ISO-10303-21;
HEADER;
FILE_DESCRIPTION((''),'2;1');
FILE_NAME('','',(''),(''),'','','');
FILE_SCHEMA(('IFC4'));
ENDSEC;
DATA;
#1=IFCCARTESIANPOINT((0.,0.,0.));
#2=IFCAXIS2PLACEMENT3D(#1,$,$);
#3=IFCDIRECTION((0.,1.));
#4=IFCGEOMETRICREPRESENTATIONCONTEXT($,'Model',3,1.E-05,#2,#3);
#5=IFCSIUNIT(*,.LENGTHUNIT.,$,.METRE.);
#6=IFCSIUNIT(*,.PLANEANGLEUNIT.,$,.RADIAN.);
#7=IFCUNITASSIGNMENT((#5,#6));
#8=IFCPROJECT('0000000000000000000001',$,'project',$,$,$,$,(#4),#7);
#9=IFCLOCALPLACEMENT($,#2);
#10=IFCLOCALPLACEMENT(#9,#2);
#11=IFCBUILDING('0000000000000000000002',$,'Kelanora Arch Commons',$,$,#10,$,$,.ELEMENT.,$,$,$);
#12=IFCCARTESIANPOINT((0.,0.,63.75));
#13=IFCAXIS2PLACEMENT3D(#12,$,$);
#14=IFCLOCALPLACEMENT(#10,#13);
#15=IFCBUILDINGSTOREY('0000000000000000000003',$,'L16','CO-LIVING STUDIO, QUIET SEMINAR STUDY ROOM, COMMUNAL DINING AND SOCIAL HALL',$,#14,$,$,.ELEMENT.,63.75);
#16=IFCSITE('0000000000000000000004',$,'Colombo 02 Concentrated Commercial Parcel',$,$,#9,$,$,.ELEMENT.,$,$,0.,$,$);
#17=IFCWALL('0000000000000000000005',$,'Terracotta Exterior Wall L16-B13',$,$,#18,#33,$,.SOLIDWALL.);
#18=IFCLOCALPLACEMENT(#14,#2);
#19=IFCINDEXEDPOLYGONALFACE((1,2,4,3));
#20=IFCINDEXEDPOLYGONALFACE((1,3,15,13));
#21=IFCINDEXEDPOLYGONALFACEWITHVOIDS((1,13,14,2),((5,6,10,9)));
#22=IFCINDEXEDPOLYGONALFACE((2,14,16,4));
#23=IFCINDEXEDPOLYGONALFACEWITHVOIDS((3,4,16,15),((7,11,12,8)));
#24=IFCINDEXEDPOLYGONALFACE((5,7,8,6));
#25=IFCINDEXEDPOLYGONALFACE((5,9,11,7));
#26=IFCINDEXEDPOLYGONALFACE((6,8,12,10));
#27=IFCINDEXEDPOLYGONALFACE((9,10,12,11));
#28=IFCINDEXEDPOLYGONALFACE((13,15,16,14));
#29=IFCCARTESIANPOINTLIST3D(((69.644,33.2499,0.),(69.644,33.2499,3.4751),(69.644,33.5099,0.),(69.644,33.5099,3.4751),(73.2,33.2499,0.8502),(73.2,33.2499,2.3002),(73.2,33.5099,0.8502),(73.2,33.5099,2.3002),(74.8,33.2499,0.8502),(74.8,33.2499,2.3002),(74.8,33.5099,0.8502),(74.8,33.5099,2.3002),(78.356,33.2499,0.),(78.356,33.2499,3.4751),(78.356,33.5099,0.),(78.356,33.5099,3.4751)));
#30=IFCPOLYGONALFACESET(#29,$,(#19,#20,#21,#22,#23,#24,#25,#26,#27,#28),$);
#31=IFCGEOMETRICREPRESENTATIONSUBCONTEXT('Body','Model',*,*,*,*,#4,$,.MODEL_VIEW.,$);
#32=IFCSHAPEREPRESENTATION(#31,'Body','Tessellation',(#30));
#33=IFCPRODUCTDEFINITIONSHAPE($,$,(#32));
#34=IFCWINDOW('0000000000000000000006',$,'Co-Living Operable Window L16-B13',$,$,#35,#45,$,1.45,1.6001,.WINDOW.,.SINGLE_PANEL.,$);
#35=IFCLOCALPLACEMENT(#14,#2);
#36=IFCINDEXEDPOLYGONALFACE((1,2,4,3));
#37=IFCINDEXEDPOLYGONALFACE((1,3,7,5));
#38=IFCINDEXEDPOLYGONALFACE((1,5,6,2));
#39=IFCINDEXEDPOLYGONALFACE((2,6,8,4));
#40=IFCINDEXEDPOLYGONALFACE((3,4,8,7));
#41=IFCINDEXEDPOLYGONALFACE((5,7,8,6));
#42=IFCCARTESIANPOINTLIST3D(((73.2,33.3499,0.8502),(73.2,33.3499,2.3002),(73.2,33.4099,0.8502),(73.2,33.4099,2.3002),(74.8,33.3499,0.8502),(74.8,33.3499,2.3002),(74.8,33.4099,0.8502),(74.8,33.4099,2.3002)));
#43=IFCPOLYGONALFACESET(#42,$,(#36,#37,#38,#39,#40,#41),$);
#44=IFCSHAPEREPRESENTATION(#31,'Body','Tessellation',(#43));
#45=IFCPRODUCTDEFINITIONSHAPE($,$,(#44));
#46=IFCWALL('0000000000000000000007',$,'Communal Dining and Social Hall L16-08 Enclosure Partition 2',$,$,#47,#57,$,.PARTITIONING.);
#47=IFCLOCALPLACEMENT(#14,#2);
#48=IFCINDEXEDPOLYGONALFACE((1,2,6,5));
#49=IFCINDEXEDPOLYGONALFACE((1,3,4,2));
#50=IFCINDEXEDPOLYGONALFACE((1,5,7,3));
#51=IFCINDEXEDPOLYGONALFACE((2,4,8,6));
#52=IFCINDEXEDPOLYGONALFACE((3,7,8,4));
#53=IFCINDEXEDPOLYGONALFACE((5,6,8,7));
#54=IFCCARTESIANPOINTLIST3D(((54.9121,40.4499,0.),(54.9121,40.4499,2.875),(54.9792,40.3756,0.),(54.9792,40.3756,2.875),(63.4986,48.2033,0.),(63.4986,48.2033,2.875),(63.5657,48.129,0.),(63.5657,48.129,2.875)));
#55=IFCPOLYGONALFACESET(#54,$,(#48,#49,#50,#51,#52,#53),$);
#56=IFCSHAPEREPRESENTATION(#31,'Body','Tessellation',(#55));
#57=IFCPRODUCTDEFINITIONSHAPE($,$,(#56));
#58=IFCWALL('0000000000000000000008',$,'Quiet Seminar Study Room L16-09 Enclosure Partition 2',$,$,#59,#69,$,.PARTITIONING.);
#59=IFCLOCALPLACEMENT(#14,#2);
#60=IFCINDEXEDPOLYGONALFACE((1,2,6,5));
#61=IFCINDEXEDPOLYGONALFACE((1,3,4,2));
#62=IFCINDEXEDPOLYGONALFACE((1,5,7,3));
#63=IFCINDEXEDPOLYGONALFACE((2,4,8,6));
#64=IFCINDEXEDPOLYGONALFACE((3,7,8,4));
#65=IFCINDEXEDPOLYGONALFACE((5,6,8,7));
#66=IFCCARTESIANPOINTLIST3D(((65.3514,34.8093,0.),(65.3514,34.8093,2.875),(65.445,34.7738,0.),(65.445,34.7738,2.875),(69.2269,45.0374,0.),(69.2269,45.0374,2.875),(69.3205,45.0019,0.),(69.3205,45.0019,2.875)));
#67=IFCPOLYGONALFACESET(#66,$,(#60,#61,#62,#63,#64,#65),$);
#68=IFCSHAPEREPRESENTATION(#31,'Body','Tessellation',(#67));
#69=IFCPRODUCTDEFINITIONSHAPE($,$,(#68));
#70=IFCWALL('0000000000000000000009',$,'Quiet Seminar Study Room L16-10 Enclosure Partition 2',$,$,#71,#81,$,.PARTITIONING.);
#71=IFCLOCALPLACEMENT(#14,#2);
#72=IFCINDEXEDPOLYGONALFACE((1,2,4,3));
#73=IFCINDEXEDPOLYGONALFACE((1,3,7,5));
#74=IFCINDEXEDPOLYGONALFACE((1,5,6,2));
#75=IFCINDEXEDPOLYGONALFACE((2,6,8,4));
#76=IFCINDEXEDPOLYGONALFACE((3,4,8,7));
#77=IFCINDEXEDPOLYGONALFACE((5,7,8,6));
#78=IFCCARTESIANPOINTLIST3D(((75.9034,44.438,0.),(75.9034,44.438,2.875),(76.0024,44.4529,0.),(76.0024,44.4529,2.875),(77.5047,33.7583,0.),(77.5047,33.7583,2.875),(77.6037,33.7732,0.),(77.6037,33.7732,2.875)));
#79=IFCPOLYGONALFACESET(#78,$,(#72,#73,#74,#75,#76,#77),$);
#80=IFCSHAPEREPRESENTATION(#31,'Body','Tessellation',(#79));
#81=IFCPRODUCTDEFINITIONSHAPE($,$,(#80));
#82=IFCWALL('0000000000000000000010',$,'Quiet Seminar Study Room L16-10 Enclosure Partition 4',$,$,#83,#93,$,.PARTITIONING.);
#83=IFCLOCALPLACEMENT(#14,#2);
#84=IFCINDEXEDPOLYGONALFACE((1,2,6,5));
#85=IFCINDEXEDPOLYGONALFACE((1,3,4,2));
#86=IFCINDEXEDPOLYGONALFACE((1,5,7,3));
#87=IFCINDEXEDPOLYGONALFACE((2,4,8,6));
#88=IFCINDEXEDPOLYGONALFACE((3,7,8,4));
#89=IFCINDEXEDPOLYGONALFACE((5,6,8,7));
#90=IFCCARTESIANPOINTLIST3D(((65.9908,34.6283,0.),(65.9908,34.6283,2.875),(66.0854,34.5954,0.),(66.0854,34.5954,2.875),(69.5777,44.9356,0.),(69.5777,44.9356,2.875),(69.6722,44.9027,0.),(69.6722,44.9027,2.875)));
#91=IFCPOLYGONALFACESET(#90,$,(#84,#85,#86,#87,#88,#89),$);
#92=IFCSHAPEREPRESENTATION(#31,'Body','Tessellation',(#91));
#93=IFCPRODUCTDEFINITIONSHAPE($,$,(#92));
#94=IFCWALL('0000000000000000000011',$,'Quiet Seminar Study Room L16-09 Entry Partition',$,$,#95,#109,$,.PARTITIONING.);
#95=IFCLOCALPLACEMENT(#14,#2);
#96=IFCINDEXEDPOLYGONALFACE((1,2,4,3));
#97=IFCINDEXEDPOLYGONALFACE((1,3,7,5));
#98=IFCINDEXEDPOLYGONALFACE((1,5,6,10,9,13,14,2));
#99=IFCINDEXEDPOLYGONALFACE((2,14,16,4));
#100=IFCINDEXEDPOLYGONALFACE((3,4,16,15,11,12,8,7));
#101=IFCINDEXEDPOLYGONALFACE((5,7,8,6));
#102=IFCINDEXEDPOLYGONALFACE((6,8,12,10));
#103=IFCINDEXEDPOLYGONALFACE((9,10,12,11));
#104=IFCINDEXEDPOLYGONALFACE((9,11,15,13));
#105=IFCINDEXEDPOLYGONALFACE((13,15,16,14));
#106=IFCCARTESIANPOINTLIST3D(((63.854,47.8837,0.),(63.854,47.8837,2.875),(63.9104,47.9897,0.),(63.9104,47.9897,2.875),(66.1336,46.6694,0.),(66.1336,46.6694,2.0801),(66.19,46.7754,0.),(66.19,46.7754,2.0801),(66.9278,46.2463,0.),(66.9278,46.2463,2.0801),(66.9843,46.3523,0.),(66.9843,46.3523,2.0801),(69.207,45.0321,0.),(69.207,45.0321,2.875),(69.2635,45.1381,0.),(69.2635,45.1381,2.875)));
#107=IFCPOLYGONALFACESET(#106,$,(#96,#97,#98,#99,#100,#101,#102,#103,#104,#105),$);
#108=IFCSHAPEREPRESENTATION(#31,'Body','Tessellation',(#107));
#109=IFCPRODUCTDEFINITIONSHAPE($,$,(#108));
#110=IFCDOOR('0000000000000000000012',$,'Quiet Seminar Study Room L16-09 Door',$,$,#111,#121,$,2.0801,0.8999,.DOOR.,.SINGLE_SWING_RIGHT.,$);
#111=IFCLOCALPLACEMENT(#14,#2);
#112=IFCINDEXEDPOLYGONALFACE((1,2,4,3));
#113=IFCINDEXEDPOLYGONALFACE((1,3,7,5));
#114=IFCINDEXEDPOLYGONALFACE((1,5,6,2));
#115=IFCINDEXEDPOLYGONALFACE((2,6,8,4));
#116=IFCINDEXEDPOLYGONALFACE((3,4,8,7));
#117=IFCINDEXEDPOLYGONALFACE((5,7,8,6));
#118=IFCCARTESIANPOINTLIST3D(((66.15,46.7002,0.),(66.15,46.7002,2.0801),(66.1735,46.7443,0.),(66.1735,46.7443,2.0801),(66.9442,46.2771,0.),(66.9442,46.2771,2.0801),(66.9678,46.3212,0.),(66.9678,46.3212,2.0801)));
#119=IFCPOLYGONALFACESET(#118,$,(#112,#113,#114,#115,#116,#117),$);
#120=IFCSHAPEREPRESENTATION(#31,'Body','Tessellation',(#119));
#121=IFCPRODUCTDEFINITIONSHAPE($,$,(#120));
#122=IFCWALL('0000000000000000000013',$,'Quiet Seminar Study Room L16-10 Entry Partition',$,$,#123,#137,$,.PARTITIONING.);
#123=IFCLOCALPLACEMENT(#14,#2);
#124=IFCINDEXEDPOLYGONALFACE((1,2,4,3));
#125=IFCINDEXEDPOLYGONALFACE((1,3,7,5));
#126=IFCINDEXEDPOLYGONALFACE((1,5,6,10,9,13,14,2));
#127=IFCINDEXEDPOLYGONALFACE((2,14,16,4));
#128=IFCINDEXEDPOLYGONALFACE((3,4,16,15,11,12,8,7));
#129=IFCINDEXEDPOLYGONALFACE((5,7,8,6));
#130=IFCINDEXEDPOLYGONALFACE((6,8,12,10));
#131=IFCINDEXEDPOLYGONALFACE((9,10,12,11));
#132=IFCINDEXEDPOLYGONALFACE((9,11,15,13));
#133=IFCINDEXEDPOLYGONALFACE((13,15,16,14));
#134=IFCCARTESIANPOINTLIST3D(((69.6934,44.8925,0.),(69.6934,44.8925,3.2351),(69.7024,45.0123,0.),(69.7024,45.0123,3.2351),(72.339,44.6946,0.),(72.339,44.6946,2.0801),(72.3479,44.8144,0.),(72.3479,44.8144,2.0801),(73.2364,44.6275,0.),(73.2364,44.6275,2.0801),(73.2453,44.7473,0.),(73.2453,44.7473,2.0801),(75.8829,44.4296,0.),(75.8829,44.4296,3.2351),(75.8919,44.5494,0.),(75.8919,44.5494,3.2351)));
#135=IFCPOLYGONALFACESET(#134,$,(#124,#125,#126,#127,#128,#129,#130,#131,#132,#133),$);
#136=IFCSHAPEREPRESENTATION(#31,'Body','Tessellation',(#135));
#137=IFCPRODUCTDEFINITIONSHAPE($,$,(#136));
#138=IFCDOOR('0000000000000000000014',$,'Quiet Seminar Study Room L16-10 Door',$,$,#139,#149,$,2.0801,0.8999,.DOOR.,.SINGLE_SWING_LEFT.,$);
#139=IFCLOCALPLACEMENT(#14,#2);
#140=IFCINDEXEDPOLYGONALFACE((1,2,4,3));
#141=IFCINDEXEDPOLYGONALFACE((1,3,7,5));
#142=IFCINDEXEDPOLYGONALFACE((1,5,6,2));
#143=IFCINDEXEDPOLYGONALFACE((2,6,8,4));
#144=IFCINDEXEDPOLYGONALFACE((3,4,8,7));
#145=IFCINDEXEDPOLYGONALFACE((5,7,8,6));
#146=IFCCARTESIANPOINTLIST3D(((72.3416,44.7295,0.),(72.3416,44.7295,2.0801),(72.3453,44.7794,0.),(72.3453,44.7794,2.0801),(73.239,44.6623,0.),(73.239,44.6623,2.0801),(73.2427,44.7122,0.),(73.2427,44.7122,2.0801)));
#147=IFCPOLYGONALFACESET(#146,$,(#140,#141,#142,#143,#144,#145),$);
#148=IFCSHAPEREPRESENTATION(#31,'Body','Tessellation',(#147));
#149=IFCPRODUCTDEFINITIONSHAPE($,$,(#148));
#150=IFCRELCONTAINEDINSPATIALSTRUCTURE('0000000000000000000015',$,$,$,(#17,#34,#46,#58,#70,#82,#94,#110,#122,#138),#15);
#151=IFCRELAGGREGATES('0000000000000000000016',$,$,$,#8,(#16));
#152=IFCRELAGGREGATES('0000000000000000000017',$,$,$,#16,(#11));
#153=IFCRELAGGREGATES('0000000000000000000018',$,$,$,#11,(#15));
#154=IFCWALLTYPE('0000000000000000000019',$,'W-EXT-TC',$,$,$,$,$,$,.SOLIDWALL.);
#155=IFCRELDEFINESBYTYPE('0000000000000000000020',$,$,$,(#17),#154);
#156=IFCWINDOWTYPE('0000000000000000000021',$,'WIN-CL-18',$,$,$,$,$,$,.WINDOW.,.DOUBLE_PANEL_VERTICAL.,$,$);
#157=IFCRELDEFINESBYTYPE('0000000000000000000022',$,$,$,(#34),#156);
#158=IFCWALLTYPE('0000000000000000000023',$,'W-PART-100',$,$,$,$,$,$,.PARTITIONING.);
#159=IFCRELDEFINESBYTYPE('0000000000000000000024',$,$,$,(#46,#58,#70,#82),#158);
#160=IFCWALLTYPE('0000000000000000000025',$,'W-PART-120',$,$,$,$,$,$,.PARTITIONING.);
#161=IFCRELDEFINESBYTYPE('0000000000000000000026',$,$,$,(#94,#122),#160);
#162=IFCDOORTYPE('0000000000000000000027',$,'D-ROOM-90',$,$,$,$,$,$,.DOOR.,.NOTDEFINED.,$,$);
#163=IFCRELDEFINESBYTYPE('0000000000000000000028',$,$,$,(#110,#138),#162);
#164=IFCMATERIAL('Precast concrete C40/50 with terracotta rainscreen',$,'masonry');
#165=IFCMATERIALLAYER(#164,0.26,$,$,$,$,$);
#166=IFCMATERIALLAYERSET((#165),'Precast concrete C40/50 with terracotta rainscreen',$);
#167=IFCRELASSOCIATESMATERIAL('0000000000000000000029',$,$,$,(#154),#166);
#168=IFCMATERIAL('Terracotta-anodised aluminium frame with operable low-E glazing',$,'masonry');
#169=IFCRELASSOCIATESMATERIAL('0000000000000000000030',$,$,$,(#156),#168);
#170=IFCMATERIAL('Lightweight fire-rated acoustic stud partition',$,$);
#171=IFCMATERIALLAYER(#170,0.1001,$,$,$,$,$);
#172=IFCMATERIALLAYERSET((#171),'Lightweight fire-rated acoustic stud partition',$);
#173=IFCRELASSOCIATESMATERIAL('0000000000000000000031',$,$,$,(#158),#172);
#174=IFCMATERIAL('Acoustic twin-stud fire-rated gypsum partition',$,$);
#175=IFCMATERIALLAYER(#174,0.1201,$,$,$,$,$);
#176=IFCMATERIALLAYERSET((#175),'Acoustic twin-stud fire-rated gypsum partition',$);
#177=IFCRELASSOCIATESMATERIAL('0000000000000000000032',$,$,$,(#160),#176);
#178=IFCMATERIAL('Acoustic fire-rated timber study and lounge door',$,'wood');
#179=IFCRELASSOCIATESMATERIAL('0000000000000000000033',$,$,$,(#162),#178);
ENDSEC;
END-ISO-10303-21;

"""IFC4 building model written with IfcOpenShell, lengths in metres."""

from ifc_helpers import new_model, si_unit, direction, frame, frame_2d, origin, place, context, subcontext, project, spatial, rectangle, extrude, material, layer, layer_set, type_object, element, fill, save


model = new_model("IFC4")

# Units and contexts
model_context = context("Model", 3, precision=1e-05, world=origin(), true_north=direction((0.0, 1.0)))
body_context = subcontext(model_context, "Body", "Model", "MODEL_VIEW")
ifc_project = project(units=[si_unit("LENGTHUNIT", "METRE"), si_unit("PLANEANGLEUNIT", "RADIAN")], contexts=[model_context])

# Site, building, storey
site_placement = place(None, origin())
site = spatial("IfcSite", under=ifc_project, at=site_placement, Name="Colombo 02 Concentrated Commercial Parcel", CompositionType="ELEMENT", RefElevation=0.0)
building_placement = place(site_placement, origin())
building = spatial("IfcBuilding", under=site, at=building_placement, Name="Kelanora Arch Commons", CompositionType="ELEMENT")
storey_placement = place(building_placement, frame((0.0, 0.0, 63.75)))
storey = spatial("IfcBuildingStorey", under=building, at=storey_placement, Name="L16", Description="CO-LIVING STUDIO, QUIET SEMINAR STUDY ROOM, COMMUNAL DINING AND SOCIAL HALL", CompositionType="ELEMENT", Elevation=63.75)

# Wall, opening, window
ifc_material_1 = material(Name="Precast concrete C40/50 with terracotta rainscreen", Category="masonry")
ifc_layer_1 = layer(ifc_material_1, 0.26)
ifc_layer_set_1 = layer_set([ifc_layer_1], Name="Precast concrete C40/50 with terracotta rainscreen")
wall_type_1 = type_object("IfcWallType", Name="W-EXT-TC", PredefinedType="SOLIDWALL", material=ifc_layer_set_1)
ifc_material_2 = material(Name="Terracotta-anodised aluminium frame with operable low-E glazing", Category="masonry")
window_type = type_object("IfcWindowType", Name="WIN-CL-18", PartitioningType="DOUBLE_PANEL_VERTICAL", PredefinedType="WINDOW", material=ifc_material_2)
wall_1_placement = place(storey_placement, frame((69.644, 33.3799, 0.0), z_axis=(0.0, 0.0, 1.0), x_axis=(1.0, 0.0, 0.0)))
wall_1 = element("IfcWall", 1, at=wall_1_placement, inside=storey, type_object=wall_type_1, Name="Terracotta Exterior Wall L16-B13", PredefinedType="SOLIDWALL", context=body_context, shape_type="SweptSolid", body=[
    extrude(rectangle(XDim=8.7119, YDim=0.26, at=frame_2d((4.356, 0.0))), origin(), (0.0, 0.0, 1.0), 3.4751),
])
opening_1_placement = place(wall_1_placement, frame((3.5559, 0.0, 0.8501)))
opening_1 = element("IfcOpeningElement", 2, at=opening_1_placement, cuts=wall_1, PredefinedType="OPENING", context=body_context, shape_type="SweptSolid", body=[
    extrude(rectangle(XDim=1.6001, YDim=1.45, at=frame_2d((0.8, 0.7251))), frame((0.0, 0.1401, 0.0), z_axis=(0.0, -1.0, 0.0), x_axis=(1.0, 0.0, 0.0)), (0.0, 0.0, 1.0), 0.28),
])
window_1_placement = place(opening_1_placement, origin())
window_1 = element("IfcWindow", 3, at=window_1_placement, inside=storey, type_object=window_type, Name="Co-Living Operable Window L16-B13", OverallHeight=1.45, OverallWidth=1.6001, PartitioningType="SINGLE_PANEL", PredefinedType="WINDOW", context=body_context, shape_type="SweptSolid", body=[
    extrude(rectangle(XDim=1.6001, YDim=1.45, at=frame_2d((0.8, 0.7251))), frame((0.0, 0.03, 0.0), z_axis=(0.0, -1.0, 0.0), x_axis=(1.0, 0.0, 0.0)), (0.0, 0.0, 1.0), 0.0601),
])
fill(opening_1, window_1)

# Walls
ifc_material_3 = material(Name="Lightweight fire-rated acoustic stud partition")
ifc_layer_2 = layer(ifc_material_3, 0.1001)
ifc_layer_set_2 = layer_set([ifc_layer_2], Name="Lightweight fire-rated acoustic stud partition")
wall_type_2 = type_object("IfcWallType", Name="W-PART-100", PredefinedType="PARTITIONING", material=ifc_layer_set_2)
wall_2_placement = place(storey_placement, frame((63.5322, 48.1663, 0.0), z_axis=(0.0, 0.0, 1.0), x_axis=(-0.742191, -0.670188, 0.0)))
element("IfcWall", 4, at=wall_2_placement, inside=storey, type_object=wall_type_2, Name="Communal Dining and Social Hall L16-08 Enclosure Partition 2", PredefinedType="PARTITIONING", context=body_context, shape_type="SweptSolid", body=[
    extrude(rectangle(XDim=11.5691, YDim=0.1001, at=frame_2d((5.7847, 0.0))), origin(), (0.0, 0.0, 1.0), 2.875),
])
wall_3_placement = place(storey_placement, frame((69.2737, 45.0195, 0.0), z_axis=(0.0, 0.0, 1.0), x_axis=(-0.354326, -0.935122, 0.0)))
element("IfcWall", 5, at=wall_3_placement, inside=storey, type_object=wall_type_2, Name="Quiet Seminar Study Room L16-09 Enclosure Partition 2", PredefinedType="PARTITIONING", context=body_context, shape_type="SweptSolid", body=[
    extrude(rectangle(XDim=10.9377, YDim=0.1001, at=frame_2d((5.4688, 0.0))), origin(), (0.0, 0.0, 1.0), 2.875),
])
wall_4_placement = place(storey_placement, frame((75.9529, 44.4453, 0.0), z_axis=(0.0, 0.0, 1.0), x_axis=(0.148283, -0.988945, 0.0)))
element("IfcWall", 6, at=wall_4_placement, inside=storey, type_object=wall_type_2, Name="Quiet Seminar Study Room L16-10 Enclosure Partition 2", PredefinedType="PARTITIONING", context=body_context, shape_type="SweptSolid", body=[
    extrude(rectangle(XDim=10.7991, YDim=0.1001, at=frame_2d((5.3994, 0.0))), origin(), (0.0, 0.0, 1.0), 2.875),
])
wall_5_placement = place(storey_placement, frame((66.0381, 34.6118, 0.0), z_axis=(0.0, 0.0, 1.0), x_axis=(0.328663, 0.944447, 0.0)))
element("IfcWall", 7, at=wall_5_placement, inside=storey, type_object=wall_type_2, Name="Quiet Seminar Study Room L16-10 Enclosure Partition 4", PredefinedType="PARTITIONING", context=body_context, shape_type="SweptSolid", body=[
    extrude(rectangle(XDim=10.9136, YDim=0.1001, at=frame_2d((5.4568, 0.0))), origin(), (0.0, 0.0, 1.0), 2.875),
])

# Walls, openings, doors
ifc_material_4 = material(Name="Acoustic twin-stud fire-rated gypsum partition")
ifc_layer_3 = layer(ifc_material_4, 0.1201)
ifc_layer_set_3 = layer_set([ifc_layer_3], Name="Acoustic twin-stud fire-rated gypsum partition")
wall_type_3 = type_object("IfcWallType", Name="W-PART-120", PredefinedType="PARTITIONING", material=ifc_layer_set_3)
wall_6_placement = place(storey_placement, frame((63.8821, 47.9368, 0.0), z_axis=(0.0, 0.0, 1.0), x_axis=(0.882585, -0.470154, 0.0)))
wall_6 = element("IfcWall", 8, at=wall_6_placement, inside=storey, type_object=wall_type_3, Name="Quiet Seminar Study Room L16-09 Entry Partition", PredefinedType="PARTITIONING", context=body_context, shape_type="SweptSolid", body=[
    extrude(rectangle(XDim=6.0652, YDim=0.1201, at=frame_2d((3.0327, 0.0))), origin(), (0.0, 0.0, 1.0), 2.875),
])
opening_2_placement = place(wall_6_placement, frame((2.583, 0.0, 0.0)))
opening_2 = element("IfcOpeningElement", 9, at=opening_2_placement, cuts=wall_6, PredefinedType="OPENING", context=body_context, shape_type="SweptSolid", body=[
    extrude(rectangle(XDim=0.8999, YDim=2.0801, at=frame_2d((0.45, 1.04))), frame((0.0, 0.0701, 0.0), z_axis=(0.0, -1.0, 0.0), x_axis=(1.0, 0.0, 0.0)), (0.0, 0.0, 1.0), 0.1401),
])
ifc_material_5 = material(Name="Acoustic fire-rated timber study and lounge door", Category="wood")
door_type = type_object("IfcDoorType", Name="D-ROOM-90", OperationType="NOTDEFINED", PredefinedType="DOOR", material=ifc_material_5)
door_1_placement = place(opening_2_placement, origin())
door_1 = element("IfcDoor", 10, at=door_1_placement, inside=storey, type_object=door_type, Name="Quiet Seminar Study Room L16-09 Door", OperationType="SINGLE_SWING_RIGHT", OverallHeight=2.0801, OverallWidth=0.8999, PredefinedType="DOOR", context=body_context, shape_type="SweptSolid", body=[
    extrude(rectangle(XDim=0.8999, YDim=2.0801, at=frame_2d((0.45, 1.04))), frame((0.0, 0.0249, 0.0), z_axis=(0.0, -1.0, 0.0), x_axis=(1.0, 0.0, 0.0)), (0.0, 0.0, 1.0), 0.05),
])
fill(opening_2, door_1)
wall_7_placement = place(storey_placement, frame((69.6978, 44.9524, 0.0), z_axis=(0.0, 0.0, 1.0), x_axis=(0.997215, -0.074579, 0.0)))
wall_7 = element("IfcWall", 11, at=wall_7_placement, inside=storey, type_object=wall_type_3, Name="Quiet Seminar Study Room L16-10 Entry Partition", PredefinedType="PARTITIONING", context=body_context, shape_type="SweptSolid", body=[
    extrude(rectangle(XDim=6.2068, YDim=0.1201, at=frame_2d((3.1035, 0.0))), origin(), (0.0, 0.0, 1.0), 3.2351),
])
opening_3_placement = place(wall_7_placement, frame((2.6531, 0.0, 0.0)))
opening_3 = element("IfcOpeningElement", 12, at=opening_3_placement, cuts=wall_7, PredefinedType="OPENING", context=body_context, shape_type="SweptSolid", body=[
    extrude(rectangle(XDim=0.8999, YDim=2.0801, at=frame_2d((0.45, 1.04))), frame((0.0, 0.0701, 0.0), z_axis=(0.0, -1.0, 0.0), x_axis=(1.0, 0.0, 0.0)), (0.0, 0.0, 1.0), 0.1401),
])
door_2_placement = place(opening_3_placement, origin())
door_2 = element("IfcDoor", 13, at=door_2_placement, inside=storey, type_object=door_type, Name="Quiet Seminar Study Room L16-10 Door", OperationType="SINGLE_SWING_LEFT", OverallHeight=2.0801, OverallWidth=0.8999, PredefinedType="DOOR", context=body_context, shape_type="SweptSolid", body=[
    extrude(rectangle(XDim=0.8999, YDim=2.0801, at=frame_2d((0.45, 1.04))), frame((0.0, 0.0249, 0.0), z_axis=(0.0, -1.0, 0.0), x_axis=(1.0, 0.0, 0.0)), (0.0, 0.0, 1.0), 0.05),
])
fill(opening_3, door_2)

save(model, "model.ifc")
